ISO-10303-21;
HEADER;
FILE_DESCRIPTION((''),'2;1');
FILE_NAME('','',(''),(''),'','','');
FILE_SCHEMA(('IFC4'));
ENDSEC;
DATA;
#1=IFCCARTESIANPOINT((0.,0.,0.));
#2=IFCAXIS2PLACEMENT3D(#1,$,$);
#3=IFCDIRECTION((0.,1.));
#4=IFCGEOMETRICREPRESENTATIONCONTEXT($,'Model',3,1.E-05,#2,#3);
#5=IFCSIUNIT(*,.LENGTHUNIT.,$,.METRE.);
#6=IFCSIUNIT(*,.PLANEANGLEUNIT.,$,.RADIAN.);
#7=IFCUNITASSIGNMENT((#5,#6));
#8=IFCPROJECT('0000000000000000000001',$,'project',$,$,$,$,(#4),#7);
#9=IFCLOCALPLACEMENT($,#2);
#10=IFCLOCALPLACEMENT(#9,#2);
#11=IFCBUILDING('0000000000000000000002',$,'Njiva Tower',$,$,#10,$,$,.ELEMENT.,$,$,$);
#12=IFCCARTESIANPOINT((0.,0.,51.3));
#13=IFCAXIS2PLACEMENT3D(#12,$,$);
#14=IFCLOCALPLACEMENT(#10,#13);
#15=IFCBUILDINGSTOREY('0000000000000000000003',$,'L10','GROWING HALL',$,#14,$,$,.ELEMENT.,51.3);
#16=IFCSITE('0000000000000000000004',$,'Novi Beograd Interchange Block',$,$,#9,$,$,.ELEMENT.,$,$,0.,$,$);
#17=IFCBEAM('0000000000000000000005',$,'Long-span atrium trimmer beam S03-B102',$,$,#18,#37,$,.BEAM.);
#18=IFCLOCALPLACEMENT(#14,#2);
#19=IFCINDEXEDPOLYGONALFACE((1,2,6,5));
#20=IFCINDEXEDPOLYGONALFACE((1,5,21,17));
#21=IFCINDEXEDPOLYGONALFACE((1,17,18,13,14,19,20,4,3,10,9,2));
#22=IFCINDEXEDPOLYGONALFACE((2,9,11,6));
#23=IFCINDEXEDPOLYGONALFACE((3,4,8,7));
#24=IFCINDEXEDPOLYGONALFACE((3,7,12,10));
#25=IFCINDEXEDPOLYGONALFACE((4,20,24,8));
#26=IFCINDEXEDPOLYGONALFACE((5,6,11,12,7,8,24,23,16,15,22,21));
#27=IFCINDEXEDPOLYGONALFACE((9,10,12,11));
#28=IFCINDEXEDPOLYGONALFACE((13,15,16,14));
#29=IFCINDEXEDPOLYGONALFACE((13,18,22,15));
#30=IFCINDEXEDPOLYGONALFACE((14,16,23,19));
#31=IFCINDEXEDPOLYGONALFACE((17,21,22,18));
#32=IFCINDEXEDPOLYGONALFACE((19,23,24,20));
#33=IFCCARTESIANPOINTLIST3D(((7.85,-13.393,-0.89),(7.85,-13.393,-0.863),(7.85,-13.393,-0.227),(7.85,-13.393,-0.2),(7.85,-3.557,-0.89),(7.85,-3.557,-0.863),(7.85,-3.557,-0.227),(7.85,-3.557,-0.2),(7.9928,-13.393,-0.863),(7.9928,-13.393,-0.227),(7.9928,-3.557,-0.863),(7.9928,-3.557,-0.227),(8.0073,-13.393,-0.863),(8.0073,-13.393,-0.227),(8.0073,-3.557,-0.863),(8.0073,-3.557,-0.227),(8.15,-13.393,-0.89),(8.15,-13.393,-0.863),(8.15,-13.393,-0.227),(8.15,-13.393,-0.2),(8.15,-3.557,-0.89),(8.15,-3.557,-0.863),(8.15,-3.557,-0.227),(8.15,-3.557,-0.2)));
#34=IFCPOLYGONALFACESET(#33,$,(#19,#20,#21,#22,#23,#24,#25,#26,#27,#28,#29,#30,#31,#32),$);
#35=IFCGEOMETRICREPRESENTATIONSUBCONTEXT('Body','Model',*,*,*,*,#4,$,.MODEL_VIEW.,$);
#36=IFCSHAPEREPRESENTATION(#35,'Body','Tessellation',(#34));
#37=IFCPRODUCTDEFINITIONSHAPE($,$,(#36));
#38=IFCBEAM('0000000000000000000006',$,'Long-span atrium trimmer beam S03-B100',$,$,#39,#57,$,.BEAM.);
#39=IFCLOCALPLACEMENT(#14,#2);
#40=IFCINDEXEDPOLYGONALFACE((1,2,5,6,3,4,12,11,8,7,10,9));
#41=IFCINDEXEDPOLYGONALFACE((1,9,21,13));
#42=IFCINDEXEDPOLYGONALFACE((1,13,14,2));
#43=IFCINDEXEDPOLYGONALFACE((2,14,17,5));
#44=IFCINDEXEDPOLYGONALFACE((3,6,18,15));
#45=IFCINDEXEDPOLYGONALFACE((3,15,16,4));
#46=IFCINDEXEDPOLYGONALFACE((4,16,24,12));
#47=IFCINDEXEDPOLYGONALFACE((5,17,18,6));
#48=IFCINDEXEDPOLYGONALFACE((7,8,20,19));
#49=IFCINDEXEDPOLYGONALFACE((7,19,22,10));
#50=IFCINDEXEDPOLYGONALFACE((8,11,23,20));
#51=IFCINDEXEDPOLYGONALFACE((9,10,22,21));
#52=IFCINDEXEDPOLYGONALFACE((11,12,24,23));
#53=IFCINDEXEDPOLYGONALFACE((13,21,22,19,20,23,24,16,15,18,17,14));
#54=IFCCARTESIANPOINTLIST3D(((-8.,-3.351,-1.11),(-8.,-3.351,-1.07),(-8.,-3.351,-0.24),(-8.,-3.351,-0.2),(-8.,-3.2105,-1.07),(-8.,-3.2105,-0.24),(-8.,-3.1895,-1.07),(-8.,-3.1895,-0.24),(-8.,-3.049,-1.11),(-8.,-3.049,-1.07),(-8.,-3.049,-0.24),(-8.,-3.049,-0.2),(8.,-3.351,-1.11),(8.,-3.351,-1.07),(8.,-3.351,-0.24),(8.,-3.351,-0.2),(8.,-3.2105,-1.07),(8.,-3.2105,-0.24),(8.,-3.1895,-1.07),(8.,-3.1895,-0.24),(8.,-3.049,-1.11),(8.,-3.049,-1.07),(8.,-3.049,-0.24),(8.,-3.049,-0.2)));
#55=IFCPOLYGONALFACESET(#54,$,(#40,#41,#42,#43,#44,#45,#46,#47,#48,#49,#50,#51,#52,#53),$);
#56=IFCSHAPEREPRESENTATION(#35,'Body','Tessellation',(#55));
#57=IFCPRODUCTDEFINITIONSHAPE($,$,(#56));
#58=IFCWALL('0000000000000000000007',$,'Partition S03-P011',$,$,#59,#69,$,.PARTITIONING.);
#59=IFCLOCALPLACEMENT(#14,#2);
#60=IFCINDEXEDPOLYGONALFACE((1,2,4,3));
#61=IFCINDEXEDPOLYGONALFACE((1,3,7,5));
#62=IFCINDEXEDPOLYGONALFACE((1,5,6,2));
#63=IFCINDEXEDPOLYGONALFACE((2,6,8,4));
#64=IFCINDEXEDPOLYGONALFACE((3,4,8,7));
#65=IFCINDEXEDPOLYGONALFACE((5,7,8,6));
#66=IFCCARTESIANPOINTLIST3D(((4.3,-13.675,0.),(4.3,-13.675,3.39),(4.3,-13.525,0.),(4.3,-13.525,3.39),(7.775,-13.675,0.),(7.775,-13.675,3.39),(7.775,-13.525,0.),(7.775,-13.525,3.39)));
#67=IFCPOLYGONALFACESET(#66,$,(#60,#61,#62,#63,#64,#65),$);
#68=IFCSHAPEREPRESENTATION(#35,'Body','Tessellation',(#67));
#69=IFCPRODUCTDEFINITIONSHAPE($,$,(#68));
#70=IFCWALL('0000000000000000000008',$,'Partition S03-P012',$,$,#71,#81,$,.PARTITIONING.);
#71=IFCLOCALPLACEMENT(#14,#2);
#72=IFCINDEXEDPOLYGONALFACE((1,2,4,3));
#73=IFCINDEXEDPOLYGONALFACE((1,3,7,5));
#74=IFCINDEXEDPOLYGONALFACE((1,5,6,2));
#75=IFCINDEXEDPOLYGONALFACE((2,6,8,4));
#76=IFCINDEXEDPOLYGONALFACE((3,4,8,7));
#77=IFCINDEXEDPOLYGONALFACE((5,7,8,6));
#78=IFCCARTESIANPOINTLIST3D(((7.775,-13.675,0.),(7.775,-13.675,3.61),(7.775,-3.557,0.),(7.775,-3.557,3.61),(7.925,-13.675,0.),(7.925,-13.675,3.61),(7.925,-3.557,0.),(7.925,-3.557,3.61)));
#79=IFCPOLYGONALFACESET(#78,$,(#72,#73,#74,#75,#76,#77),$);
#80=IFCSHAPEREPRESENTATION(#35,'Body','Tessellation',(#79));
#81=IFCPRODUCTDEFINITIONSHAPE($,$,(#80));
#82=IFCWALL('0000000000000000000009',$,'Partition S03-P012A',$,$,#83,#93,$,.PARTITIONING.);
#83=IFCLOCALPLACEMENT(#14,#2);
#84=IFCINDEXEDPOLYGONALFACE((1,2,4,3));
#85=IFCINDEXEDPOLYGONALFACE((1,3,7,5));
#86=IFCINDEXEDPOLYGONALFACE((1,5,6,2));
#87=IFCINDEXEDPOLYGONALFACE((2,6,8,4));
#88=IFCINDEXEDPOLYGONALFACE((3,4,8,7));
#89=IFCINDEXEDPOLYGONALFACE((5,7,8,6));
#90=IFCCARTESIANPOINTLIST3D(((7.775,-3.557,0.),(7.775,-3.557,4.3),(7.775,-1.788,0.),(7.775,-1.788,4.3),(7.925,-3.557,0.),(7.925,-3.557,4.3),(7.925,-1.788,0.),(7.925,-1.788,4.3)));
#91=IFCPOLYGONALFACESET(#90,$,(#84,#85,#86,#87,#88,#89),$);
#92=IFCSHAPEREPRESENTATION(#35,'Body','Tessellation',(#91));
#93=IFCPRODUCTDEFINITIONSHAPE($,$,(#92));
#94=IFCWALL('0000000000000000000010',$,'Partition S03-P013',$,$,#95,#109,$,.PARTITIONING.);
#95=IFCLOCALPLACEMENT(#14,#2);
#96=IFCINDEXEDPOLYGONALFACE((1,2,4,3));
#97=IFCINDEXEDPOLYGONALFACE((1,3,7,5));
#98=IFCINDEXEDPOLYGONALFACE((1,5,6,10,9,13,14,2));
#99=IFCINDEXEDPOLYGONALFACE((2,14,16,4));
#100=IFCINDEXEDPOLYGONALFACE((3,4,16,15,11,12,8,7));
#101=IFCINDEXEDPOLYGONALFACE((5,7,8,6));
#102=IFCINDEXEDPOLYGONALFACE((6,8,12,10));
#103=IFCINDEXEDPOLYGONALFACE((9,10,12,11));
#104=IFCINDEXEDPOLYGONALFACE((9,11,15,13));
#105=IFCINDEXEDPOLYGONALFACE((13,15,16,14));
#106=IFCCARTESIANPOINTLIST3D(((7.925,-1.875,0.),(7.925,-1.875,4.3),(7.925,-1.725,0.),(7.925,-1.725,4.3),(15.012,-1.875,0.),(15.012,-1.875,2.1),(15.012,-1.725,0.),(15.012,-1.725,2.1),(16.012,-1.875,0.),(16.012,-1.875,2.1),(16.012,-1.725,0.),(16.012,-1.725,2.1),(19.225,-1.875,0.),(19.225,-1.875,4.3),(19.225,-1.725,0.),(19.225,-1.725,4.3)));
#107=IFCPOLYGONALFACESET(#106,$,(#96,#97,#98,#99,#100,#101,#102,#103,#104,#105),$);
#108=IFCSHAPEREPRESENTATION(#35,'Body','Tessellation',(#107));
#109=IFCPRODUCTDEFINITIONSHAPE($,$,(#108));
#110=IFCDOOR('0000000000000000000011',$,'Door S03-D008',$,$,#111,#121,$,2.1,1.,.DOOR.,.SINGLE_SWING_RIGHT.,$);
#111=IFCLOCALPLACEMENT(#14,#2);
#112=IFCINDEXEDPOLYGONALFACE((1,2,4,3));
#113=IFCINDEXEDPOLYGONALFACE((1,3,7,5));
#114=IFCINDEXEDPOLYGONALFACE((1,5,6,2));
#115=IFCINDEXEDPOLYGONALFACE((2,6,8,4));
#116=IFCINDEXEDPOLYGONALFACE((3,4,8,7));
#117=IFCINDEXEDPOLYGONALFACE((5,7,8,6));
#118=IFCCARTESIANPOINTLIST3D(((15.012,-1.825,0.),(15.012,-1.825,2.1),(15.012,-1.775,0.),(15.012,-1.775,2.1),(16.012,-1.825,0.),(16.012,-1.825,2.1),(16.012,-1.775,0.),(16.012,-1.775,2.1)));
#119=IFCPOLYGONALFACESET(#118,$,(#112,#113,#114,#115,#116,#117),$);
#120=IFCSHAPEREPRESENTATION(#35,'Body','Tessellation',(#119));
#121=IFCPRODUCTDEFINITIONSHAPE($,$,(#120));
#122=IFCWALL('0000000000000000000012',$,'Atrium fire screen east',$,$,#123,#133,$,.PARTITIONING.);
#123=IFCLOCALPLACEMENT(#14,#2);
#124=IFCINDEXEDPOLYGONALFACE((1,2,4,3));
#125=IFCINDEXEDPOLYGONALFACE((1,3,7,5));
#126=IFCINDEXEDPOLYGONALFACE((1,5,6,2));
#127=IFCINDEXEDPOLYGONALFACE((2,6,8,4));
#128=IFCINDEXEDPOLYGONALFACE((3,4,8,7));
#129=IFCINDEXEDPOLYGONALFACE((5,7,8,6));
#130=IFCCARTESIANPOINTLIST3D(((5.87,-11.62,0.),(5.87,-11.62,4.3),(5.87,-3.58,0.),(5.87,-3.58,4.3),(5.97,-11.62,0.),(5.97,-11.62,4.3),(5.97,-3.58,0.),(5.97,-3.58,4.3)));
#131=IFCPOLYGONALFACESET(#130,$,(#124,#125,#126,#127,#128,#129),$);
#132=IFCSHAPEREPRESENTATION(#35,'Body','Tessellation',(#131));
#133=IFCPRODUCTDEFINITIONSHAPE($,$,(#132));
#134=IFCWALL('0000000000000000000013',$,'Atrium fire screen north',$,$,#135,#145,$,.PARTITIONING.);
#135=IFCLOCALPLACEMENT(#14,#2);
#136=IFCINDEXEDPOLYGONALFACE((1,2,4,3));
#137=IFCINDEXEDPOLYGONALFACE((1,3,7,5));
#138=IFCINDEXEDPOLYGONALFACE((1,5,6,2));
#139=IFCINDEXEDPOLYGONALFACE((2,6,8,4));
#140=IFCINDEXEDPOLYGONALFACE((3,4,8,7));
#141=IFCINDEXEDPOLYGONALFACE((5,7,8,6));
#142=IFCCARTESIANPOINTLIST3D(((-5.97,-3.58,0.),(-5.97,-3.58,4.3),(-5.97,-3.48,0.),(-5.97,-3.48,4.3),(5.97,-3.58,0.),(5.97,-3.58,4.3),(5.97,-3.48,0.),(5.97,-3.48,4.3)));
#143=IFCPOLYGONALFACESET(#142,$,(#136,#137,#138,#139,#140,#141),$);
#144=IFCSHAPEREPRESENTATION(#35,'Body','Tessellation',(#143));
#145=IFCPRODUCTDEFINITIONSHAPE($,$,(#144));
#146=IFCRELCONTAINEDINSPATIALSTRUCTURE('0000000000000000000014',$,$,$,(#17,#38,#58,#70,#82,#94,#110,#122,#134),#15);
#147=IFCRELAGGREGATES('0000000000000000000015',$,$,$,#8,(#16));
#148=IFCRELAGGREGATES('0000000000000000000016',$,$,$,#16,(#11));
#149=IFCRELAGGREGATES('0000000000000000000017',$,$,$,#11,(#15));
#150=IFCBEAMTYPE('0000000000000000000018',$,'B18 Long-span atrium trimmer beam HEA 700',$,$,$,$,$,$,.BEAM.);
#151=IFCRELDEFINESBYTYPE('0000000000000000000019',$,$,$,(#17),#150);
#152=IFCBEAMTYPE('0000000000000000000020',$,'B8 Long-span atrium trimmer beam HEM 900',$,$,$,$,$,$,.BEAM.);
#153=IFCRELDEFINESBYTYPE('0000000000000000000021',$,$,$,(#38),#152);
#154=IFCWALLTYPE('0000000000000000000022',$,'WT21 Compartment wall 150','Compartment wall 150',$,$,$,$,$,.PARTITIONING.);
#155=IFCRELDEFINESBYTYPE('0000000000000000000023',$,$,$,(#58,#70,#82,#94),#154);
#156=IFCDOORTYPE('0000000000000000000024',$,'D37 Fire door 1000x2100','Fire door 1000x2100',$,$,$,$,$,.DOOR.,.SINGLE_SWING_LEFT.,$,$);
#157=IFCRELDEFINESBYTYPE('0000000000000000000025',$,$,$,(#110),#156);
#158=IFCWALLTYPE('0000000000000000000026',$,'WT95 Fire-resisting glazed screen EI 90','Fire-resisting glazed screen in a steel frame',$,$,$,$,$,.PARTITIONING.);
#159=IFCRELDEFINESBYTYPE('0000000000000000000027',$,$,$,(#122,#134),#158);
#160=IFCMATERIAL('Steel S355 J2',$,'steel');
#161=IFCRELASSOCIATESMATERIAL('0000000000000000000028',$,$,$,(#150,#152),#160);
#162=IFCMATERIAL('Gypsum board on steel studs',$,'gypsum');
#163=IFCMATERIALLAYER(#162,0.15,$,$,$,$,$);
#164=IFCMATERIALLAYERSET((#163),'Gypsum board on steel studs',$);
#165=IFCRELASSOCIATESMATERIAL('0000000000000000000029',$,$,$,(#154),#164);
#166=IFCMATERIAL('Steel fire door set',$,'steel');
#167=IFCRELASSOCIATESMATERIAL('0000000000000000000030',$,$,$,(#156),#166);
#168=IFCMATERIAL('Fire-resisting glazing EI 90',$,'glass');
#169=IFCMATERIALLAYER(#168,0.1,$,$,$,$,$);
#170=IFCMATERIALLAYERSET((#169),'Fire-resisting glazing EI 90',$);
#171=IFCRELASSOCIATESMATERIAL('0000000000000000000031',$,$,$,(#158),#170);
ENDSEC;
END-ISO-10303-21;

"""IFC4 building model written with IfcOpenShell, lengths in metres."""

from ifc_helpers import new_model, si_unit, direction, frame, frame_2d, origin, origin_2d, place, context, subcontext, project, spatial, rectangle, i_section, extrude, material, layer, layer_set, material_profile, profile_set, type_object, element, fill, save


model = new_model("IFC4")

# Units and contexts
model_context = context("Model", 3, precision=1e-05, world=origin(), true_north=direction((0.0, 1.0)))
body_context = subcontext(model_context, "Body", "Model", "MODEL_VIEW")
ifc_project = project(units=[si_unit("LENGTHUNIT", "METRE"), si_unit("PLANEANGLEUNIT", "RADIAN")], contexts=[model_context])

# Site, building, storey
site_placement = place(None, origin())
site = spatial("IfcSite", under=ifc_project, at=site_placement, Name="Novi Beograd Interchange Block", CompositionType="ELEMENT", RefElevation=0.0)
building_placement = place(site_placement, origin())
building = spatial("IfcBuilding", under=site, at=building_placement, Name="Njiva Tower", CompositionType="ELEMENT")
storey_placement = place(building_placement, frame((0.0, 0.0, 51.3)))
storey = spatial("IfcBuildingStorey", under=building, at=storey_placement, Name="L10", Description="GROWING HALL", CompositionType="ELEMENT", Elevation=51.3)

# Shared definitions
ifc_material_1 = material(Name="Steel S355 J2", Category="steel")

# Beams
ifc_material_profile_1 = material_profile(ifc_material_1, i_section(OverallWidth=0.3, OverallDepth=0.69, WebThickness=0.0145, FlangeThickness=0.027, at=origin_2d()), Name="HEA 700")
ifc_profile_set_1 = profile_set([ifc_material_profile_1], Name="Steel S355 J2")
beam_type_1 = type_object("IfcBeamType", Name="B18 Long-span atrium trimmer beam HEA 700", PredefinedType="BEAM", material=ifc_profile_set_1)
beam_1_placement = place(storey_placement, frame((8.0, -13.393, -0.545), z_axis=(0.0, 1.0, 0.0), x_axis=(-1.0, 0.0, 0.0)))
element("IfcBeam", 1, at=beam_1_placement, inside=storey, type_object=beam_type_1, Name="Long-span atrium trimmer beam S03-B102", PredefinedType="BEAM", context=body_context, shape_type="SweptSolid", body=[
    extrude(i_section(OverallWidth=0.3, OverallDepth=0.69, WebThickness=0.0145, FlangeThickness=0.027, at=origin_2d()), origin(), (0.0, 0.0, 1.0), 9.836),
])
ifc_material_profile_2 = material_profile(ifc_material_1, i_section(OverallWidth=0.302, OverallDepth=0.91, WebThickness=0.021, FlangeThickness=0.04, at=origin_2d()), Name="HEM 900")
ifc_profile_set_2 = profile_set([ifc_material_profile_2], Name="Steel S355 J2")
beam_type_2 = type_object("IfcBeamType", Name="B8 Long-span atrium trimmer beam HEM 900", PredefinedType="BEAM", material=ifc_profile_set_2)
beam_2_placement = place(storey_placement, frame((8.0, -3.2, -0.655), z_axis=(-1.0, 0.0, 0.0), x_axis=(0.0, -1.0, 0.0)))
element("IfcBeam", 2, at=beam_2_placement, inside=storey, type_object=beam_type_2, Name="Long-span atrium trimmer beam S03-B100", PredefinedType="BEAM", context=body_context, shape_type="SweptSolid", body=[
    extrude(i_section(OverallWidth=0.302, OverallDepth=0.91, WebThickness=0.021, FlangeThickness=0.04, at=origin_2d()), origin(), (0.0, 0.0, 1.0), 16.0),
])

# Walls
ifc_material_2 = material(Name="Gypsum board on steel studs", Category="gypsum")
ifc_layer_1 = layer(ifc_material_2, 0.15)
ifc_layer_set_1 = layer_set([ifc_layer_1], Name="Gypsum board on steel studs")
wall_type_1 = type_object("IfcWallType", Name="WT21 Compartment wall 150", Description="Compartment wall 150", PredefinedType="PARTITIONING", material=ifc_layer_set_1)
wall_1_placement = place(storey_placement, frame((4.3, -13.6, 0.0), z_axis=(0.0, 0.0, 1.0), x_axis=(1.0, 0.0, 0.0)))
element("IfcWall", 3, at=wall_1_placement, inside=storey, type_object=wall_type_1, Name="Partition S03-P011", PredefinedType="PARTITIONING", context=body_context, shape_type="SweptSolid", body=[
    extrude(rectangle(XDim=3.475, YDim=0.15, at=frame_2d((1.7375, 0.0))), origin(), (0.0, 0.0, 1.0), 3.39),
])
wall_2_placement = place(storey_placement, frame((7.85, -13.675, 0.0), z_axis=(0.0, 0.0, 1.0), x_axis=(0.0, 1.0, 0.0)))
element("IfcWall", 4, at=wall_2_placement, inside=storey, type_object=wall_type_1, Name="Partition S03-P012", PredefinedType="PARTITIONING", context=body_context, shape_type="SweptSolid", body=[
    extrude(rectangle(XDim=10.118, YDim=0.15, at=frame_2d((5.059, 0.0))), origin(), (0.0, 0.0, 1.0), 3.61),
])
wall_3_placement = place(storey_placement, frame((7.85, -3.557, 0.0), z_axis=(0.0, 0.0, 1.0), x_axis=(0.0, 1.0, 0.0)))
element("IfcWall", 5, at=wall_3_placement, inside=storey, type_object=wall_type_1, Name="Partition S03-P012A", PredefinedType="PARTITIONING", context=body_context, shape_type="SweptSolid", body=[
    extrude(rectangle(XDim=1.769, YDim=0.15, at=frame_2d((0.8845, 0.0))), origin(), (0.0, 0.0, 1.0), 4.3),
])

# Wall, opening, door
wall_4_placement = place(storey_placement, frame((7.925, -1.8, 0.0), z_axis=(0.0, 0.0, 1.0), x_axis=(1.0, 0.0, 0.0)))
wall_4 = element("IfcWall", 6, at=wall_4_placement, inside=storey, type_object=wall_type_1, Name="Partition S03-P013", PredefinedType="PARTITIONING", context=body_context, shape_type="SweptSolid", body=[
    extrude(rectangle(XDim=11.3, YDim=0.15, at=frame_2d((5.65, 0.0))), origin(), (0.0, 0.0, 1.0), 4.3),
])
opening_placement = place(wall_4_placement, frame((7.087, 0.0, 0.0)))
opening = element("IfcOpeningElement", 7, at=opening_placement, cuts=wall_4, PredefinedType="OPENING", context=body_context, shape_type="SweptSolid", body=[
    extrude(rectangle(XDim=1.0, YDim=2.1, at=frame_2d((0.5, 1.05))), frame((0.0, 0.085, 0.0), z_axis=(0.0, -1.0, 0.0), x_axis=(1.0, 0.0, 0.0)), (0.0, 0.0, 1.0), 0.17),
])
ifc_material_3 = material(Name="Steel fire door set", Category="steel")
door_type = type_object("IfcDoorType", Name="D37 Fire door 1000x2100", Description="Fire door 1000x2100", OperationType="SINGLE_SWING_LEFT", PredefinedType="DOOR", material=ifc_material_3)
door_placement = place(opening_placement, origin())
door = element("IfcDoor", 8, at=door_placement, inside=storey, type_object=door_type, Name="Door S03-D008", OperationType="SINGLE_SWING_RIGHT", OverallHeight=2.1, OverallWidth=1.0, PredefinedType="DOOR", context=body_context, shape_type="SweptSolid", body=[
    extrude(rectangle(XDim=1.0, YDim=2.1, at=frame_2d((0.5, 1.05))), frame((0.0, 0.025, 0.0), z_axis=(0.0, -1.0, 0.0), x_axis=(1.0, 0.0, 0.0)), (0.0, 0.0, 1.0), 0.05),
])
fill(opening, door)

# Walls
ifc_material_4 = material(Name="Fire-resisting glazing EI 90", Category="glass")
ifc_layer_2 = layer(ifc_material_4, 0.1)
ifc_layer_set_2 = layer_set([ifc_layer_2], Name="Fire-resisting glazing EI 90")
wall_type_2 = type_object("IfcWallType", Name="WT95 Fire-resisting glazed screen EI 90", Description="Fire-resisting glazed screen in a steel frame", PredefinedType="PARTITIONING", material=ifc_layer_set_2)
wall_5_placement = place(storey_placement, frame((5.92, -11.62, 0.0), z_axis=(0.0, 0.0, 1.0), x_axis=(0.0, 1.0, 0.0)))
element("IfcWall", 9, at=wall_5_placement, inside=storey, type_object=wall_type_2, Name="Atrium fire screen east", PredefinedType="PARTITIONING", context=body_context, shape_type="SweptSolid", body=[
    extrude(rectangle(XDim=8.04, YDim=0.1, at=frame_2d((4.02, 0.0))), origin(), (0.0, 0.0, 1.0), 4.3),
])
wall_6_placement = place(storey_placement, frame((5.97, -3.53, 0.0), z_axis=(0.0, 0.0, 1.0), x_axis=(-1.0, 0.0, 0.0)))
element("IfcWall", 10, at=wall_6_placement, inside=storey, type_object=wall_type_2, Name="Atrium fire screen north", PredefinedType="PARTITIONING", context=body_context, shape_type="SweptSolid", body=[
    extrude(rectangle(XDim=11.94, YDim=0.1, at=frame_2d((5.97, 0.0))), origin(), (0.0, 0.0, 1.0), 4.3),
])

save(model, "model.ifc")
